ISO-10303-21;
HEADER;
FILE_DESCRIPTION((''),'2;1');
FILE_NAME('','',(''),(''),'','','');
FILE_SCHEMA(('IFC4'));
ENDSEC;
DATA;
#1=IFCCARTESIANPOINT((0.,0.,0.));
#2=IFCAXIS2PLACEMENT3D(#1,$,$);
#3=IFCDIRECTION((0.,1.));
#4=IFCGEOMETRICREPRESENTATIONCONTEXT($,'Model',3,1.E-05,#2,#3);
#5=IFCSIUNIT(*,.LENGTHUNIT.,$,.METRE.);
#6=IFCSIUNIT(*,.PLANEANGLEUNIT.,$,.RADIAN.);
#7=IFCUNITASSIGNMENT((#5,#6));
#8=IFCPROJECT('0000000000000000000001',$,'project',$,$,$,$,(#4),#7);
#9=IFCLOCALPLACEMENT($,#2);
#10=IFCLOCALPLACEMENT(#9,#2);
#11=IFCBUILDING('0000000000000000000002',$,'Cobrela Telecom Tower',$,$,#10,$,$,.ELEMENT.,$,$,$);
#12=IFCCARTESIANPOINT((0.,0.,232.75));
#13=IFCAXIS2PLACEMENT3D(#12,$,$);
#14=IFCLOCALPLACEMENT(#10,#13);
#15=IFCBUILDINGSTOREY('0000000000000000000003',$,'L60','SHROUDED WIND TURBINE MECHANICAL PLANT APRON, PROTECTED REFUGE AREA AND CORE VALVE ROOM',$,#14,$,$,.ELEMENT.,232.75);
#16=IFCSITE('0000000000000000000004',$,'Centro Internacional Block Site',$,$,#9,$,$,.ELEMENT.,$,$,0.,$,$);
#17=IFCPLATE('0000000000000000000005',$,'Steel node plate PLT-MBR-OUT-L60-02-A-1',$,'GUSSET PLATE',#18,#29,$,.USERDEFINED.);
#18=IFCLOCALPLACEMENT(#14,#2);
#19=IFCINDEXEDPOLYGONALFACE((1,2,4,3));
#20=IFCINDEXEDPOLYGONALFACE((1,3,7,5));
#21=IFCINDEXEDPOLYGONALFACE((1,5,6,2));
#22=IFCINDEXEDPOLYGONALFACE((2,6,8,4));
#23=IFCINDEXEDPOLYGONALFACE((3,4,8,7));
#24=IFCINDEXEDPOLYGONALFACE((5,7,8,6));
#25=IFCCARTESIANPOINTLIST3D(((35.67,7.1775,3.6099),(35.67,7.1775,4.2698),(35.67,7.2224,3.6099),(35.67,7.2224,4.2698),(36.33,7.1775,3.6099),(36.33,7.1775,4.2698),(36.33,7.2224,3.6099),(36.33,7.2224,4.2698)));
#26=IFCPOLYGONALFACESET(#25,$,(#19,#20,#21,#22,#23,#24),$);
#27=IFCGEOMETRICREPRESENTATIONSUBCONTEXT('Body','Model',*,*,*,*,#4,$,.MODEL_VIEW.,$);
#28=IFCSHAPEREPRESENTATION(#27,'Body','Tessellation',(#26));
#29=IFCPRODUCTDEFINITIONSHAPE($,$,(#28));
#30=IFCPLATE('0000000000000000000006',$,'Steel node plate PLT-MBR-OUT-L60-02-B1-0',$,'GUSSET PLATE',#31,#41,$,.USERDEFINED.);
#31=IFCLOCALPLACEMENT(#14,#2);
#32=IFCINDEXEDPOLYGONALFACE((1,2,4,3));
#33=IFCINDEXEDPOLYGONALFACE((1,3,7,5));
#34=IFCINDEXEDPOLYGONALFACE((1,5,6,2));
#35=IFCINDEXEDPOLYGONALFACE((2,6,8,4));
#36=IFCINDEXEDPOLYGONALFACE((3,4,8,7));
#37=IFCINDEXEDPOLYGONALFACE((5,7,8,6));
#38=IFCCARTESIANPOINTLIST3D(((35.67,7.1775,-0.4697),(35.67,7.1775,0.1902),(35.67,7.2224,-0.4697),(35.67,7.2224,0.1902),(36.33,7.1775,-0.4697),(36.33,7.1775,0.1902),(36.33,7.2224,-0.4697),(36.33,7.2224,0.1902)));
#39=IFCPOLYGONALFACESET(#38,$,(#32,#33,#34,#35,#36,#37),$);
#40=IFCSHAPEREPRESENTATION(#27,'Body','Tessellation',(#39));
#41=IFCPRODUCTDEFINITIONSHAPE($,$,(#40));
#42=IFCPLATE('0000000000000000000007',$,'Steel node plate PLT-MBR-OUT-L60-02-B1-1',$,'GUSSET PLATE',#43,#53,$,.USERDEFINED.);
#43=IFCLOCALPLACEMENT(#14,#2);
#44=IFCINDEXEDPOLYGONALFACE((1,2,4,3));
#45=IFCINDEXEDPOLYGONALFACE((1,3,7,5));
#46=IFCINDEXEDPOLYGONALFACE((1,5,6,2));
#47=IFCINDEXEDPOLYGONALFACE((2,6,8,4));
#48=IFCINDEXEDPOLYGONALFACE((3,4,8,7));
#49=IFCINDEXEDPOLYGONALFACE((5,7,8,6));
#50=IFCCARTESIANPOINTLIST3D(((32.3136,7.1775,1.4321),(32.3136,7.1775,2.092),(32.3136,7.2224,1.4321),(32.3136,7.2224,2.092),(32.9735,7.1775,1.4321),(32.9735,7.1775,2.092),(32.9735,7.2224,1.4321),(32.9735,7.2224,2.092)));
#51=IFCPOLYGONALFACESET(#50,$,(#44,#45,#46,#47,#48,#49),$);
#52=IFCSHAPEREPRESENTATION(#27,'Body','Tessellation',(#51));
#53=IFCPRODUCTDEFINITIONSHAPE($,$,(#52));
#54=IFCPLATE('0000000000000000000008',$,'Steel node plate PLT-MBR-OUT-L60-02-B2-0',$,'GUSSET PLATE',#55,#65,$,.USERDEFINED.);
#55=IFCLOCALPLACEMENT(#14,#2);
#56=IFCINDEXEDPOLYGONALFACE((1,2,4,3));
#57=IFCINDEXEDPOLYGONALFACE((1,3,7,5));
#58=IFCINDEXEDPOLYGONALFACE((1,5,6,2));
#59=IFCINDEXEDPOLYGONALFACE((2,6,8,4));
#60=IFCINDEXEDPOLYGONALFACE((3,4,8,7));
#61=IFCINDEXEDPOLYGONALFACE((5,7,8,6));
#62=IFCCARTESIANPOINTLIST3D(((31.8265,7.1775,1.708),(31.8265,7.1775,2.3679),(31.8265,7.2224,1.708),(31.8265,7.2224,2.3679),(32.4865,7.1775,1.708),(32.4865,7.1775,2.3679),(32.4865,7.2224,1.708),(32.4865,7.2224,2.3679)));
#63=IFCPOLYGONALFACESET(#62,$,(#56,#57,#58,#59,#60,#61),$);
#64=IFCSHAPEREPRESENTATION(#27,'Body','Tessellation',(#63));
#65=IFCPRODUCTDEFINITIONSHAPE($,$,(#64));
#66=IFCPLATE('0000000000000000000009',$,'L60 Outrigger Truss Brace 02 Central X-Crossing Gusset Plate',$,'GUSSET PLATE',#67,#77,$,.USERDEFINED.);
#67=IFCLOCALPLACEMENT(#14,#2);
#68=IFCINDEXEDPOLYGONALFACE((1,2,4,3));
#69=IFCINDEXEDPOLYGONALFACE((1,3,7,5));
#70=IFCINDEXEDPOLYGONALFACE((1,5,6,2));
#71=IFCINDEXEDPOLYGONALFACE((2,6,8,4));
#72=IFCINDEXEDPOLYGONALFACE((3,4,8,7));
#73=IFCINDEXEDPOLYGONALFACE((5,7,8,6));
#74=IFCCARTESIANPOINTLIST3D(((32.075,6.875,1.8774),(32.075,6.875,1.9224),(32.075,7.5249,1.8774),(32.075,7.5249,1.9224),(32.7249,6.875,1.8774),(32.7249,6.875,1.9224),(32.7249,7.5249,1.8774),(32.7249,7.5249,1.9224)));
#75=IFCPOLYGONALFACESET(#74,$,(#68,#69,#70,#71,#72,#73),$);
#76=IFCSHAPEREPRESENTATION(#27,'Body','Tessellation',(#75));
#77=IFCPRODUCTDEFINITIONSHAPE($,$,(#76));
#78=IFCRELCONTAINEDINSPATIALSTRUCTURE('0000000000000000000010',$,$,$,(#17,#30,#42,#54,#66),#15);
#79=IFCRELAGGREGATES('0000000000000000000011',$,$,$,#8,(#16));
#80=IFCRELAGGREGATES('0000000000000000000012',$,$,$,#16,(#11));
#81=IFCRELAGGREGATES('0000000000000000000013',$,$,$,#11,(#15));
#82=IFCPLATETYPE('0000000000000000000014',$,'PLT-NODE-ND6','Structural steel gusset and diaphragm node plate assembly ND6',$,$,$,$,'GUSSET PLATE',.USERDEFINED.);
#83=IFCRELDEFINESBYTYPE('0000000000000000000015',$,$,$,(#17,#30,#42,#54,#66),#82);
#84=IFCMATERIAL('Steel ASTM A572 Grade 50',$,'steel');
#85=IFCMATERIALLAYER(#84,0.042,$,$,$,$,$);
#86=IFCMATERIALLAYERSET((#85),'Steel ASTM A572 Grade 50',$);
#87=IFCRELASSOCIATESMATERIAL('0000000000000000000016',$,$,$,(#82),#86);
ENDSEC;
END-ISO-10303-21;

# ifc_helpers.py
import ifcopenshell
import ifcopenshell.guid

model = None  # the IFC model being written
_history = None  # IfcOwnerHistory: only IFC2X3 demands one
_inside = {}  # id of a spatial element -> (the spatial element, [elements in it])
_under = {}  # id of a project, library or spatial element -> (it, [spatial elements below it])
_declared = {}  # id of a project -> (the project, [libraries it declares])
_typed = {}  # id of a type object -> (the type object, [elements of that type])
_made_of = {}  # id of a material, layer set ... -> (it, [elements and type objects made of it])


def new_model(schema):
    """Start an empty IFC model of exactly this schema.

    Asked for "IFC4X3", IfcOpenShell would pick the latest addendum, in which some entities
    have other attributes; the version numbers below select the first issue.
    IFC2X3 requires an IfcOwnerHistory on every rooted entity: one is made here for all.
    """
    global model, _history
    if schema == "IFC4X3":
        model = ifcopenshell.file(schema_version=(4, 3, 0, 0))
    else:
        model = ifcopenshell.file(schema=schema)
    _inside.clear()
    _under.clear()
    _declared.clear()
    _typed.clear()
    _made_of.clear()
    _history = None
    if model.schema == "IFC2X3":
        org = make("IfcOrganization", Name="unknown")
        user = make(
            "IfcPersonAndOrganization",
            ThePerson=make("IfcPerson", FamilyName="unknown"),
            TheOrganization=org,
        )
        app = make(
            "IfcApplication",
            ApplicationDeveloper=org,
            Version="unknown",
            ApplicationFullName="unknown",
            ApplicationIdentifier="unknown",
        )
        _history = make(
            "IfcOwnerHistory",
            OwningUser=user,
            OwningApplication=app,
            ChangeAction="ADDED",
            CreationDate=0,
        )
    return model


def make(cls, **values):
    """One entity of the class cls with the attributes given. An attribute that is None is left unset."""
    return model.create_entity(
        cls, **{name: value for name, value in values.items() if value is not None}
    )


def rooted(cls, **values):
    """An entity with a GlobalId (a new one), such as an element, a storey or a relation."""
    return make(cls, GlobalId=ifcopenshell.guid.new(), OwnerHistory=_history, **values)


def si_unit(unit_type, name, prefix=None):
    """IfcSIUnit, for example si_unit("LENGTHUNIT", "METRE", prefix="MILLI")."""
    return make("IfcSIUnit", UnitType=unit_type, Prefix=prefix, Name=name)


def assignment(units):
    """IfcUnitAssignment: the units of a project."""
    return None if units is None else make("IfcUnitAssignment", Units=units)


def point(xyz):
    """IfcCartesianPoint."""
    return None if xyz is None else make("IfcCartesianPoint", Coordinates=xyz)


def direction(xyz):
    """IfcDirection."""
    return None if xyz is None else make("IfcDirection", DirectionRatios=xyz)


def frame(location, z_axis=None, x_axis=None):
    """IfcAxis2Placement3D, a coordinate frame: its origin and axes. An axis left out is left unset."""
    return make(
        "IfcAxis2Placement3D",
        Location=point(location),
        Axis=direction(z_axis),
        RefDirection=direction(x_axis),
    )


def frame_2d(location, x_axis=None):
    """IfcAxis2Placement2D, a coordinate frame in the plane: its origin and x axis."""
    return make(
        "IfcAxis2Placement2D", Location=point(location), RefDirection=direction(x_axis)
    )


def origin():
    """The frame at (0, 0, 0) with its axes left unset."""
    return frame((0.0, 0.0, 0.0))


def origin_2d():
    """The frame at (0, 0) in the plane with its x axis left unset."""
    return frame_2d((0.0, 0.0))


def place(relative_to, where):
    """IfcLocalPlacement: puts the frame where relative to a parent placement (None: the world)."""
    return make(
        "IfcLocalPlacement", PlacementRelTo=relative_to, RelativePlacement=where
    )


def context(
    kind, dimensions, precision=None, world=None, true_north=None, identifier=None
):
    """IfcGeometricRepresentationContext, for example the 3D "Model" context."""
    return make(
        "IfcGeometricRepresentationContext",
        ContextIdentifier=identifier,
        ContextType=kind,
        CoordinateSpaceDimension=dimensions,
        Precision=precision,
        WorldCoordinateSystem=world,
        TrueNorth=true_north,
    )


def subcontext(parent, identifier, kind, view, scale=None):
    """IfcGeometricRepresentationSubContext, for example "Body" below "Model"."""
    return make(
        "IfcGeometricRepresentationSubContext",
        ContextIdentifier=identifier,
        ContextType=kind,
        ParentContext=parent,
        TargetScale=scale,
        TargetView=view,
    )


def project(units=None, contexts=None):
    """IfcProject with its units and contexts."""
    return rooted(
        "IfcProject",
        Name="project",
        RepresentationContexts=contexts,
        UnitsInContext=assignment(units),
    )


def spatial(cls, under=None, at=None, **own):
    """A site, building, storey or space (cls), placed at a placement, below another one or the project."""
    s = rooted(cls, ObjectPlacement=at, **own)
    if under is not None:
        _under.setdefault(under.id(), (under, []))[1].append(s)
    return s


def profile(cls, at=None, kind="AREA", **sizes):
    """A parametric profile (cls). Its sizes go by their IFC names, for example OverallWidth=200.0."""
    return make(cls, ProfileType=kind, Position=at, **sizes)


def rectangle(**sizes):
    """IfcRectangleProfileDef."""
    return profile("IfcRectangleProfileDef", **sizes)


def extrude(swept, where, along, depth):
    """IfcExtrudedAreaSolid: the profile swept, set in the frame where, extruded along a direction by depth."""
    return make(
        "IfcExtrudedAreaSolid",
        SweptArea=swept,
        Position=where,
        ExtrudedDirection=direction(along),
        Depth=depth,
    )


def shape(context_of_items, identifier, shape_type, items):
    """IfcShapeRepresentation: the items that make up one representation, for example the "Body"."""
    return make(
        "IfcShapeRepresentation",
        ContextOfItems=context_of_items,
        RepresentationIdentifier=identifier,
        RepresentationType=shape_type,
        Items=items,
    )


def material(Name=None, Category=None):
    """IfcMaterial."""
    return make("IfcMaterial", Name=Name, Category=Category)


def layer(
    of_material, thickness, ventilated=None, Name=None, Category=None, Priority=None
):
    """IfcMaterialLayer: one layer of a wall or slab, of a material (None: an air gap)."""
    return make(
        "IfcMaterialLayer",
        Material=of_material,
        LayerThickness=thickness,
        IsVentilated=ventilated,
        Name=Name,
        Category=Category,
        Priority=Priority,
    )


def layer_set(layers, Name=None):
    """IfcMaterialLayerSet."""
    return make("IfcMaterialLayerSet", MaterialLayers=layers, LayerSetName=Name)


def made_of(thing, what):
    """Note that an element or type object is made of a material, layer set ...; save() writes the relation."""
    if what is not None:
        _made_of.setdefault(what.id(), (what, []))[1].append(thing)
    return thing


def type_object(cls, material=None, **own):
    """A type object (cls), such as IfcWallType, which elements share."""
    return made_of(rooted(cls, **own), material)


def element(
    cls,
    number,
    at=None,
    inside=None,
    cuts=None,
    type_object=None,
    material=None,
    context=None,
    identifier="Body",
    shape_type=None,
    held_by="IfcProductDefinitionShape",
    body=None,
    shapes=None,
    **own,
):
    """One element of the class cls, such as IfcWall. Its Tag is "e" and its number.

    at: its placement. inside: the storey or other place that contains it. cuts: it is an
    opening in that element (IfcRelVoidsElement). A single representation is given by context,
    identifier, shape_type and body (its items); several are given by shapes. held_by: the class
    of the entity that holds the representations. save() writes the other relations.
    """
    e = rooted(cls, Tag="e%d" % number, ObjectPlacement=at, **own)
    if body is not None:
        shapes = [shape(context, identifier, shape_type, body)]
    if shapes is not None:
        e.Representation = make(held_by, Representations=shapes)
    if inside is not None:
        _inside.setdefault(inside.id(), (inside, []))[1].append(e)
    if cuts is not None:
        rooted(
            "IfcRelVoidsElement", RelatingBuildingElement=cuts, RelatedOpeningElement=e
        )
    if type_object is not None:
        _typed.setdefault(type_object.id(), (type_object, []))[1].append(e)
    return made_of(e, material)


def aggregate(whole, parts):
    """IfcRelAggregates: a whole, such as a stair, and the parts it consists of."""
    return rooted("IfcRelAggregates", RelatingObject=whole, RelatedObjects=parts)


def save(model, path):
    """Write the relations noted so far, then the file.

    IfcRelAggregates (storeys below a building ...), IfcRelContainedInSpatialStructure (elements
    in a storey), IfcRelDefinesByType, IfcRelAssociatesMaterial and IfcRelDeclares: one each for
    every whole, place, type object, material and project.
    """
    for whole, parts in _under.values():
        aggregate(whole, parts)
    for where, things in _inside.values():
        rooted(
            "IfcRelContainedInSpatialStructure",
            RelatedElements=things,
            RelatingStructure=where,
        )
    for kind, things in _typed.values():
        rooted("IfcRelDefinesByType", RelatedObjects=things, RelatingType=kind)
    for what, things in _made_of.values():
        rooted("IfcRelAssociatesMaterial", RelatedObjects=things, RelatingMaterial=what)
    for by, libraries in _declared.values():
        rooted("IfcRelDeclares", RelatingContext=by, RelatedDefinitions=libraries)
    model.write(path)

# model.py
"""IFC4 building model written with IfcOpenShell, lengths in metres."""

from ifc_helpers import new_model, si_unit, direction, frame, origin, origin_2d, place, context, subcontext, project, spatial, rectangle, extrude, material, layer, layer_set, type_object, element, save


model = new_model("IFC4")

# Units and contexts
model_context = context("Model", 3, precision=1e-05, world=origin(), true_north=direction((0.0, 1.0)))
body_context = subcontext(model_context, "Body", "Model", "MODEL_VIEW")
ifc_project = project(units=[si_unit("LENGTHUNIT", "METRE"), si_unit("PLANEANGLEUNIT", "RADIAN")], contexts=[model_context])

# Site, building, storey
site_placement = place(None, origin())
site = spatial("IfcSite", under=ifc_project, at=site_placement, Name="Centro Internacional Block Site", CompositionType="ELEMENT", RefElevation=0.0)
building_placement = place(site_placement, origin())
building = spatial("IfcBuilding", under=site, at=building_placement, Name="Cobrela Telecom Tower", CompositionType="ELEMENT")
storey_placement = place(building_placement, frame((0.0, 0.0, 232.75)))
storey = spatial("IfcBuildingStorey", under=building, at=storey_placement, Name="L60", Description="SHROUDED WIND TURBINE MECHANICAL PLANT APRON, PROTECTED REFUGE AREA AND CORE VALVE ROOM", CompositionType="ELEMENT", Elevation=232.75)

# Shared definitions
ifc_material_1 = material(Name="Steel ASTM A572 Grade 50", Category="steel")

# Plates
ifc_layer_1 = layer(ifc_material_1, 0.042)
ifc_layer_set_1 = layer_set([ifc_layer_1], Name="Steel ASTM A572 Grade 50")
plate_type_1 = type_object("IfcPlateType", Name="PLT-NODE-ND6", Description="Structural steel gusset and diaphragm node plate assembly ND6", ElementType="GUSSET PLATE", PredefinedType="USERDEFINED", material=ifc_layer_set_1)
for number, where, z_axis, x_axis, name in (
    (1, (36.0, 7.2, 3.6099), (0.0, 0.0, 1.0), (1.0, 0.0, 0.0), "Steel node plate PLT-MBR-OUT-L60-02-A-1"),
    (2, (36.0, 7.2, -0.4697), (0.0, 0.0, 1.0), (-1.0, 0.0, 0.0), "Steel node plate PLT-MBR-OUT-L60-02-B1-0"),
    (3, (32.6436, 7.2, 1.4321), (0.0, 0.0, 1.0), (-1.0, 0.0, 0.0), "Steel node plate PLT-MBR-OUT-L60-02-B1-1"),
    (4, (32.1565, 7.2, 1.708), (0.0, 0.0, 1.0), (-1.0, 0.0, 0.0), "Steel node plate PLT-MBR-OUT-L60-02-B2-0"),
):
    element("IfcPlate", number, at=place(storey_placement, frame(where, z_axis=z_axis, x_axis=x_axis)), inside=storey, type_object=plate_type_1, Name=name, ObjectType="GUSSET PLATE", PredefinedType="USERDEFINED", context=body_context, shape_type="SweptSolid", body=[
        extrude(rectangle(XDim=0.6599, YDim=0.0449, at=origin_2d()), origin(), (0.0, 0.0, 1.0), 0.6599),
    ])
plate_1_placement = place(storey_placement, frame((32.3999, 7.2, 1.8774), z_axis=(0.0, 0.0, 1.0), x_axis=(1.0, 0.0, 0.0)))
element("IfcPlate", 5, at=plate_1_placement, inside=storey, type_object=plate_type_1, Name="L60 Outrigger Truss Brace 02 Central X-Crossing Gusset Plate", ObjectType="GUSSET PLATE", PredefinedType="USERDEFINED", context=body_context, shape_type="SweptSolid", body=[
    extrude(rectangle(XDim=0.6499, YDim=0.6499, at=origin_2d()), origin(), (0.0, 0.0, 1.0), 0.0449),
])

save(model, "model.ifc")
